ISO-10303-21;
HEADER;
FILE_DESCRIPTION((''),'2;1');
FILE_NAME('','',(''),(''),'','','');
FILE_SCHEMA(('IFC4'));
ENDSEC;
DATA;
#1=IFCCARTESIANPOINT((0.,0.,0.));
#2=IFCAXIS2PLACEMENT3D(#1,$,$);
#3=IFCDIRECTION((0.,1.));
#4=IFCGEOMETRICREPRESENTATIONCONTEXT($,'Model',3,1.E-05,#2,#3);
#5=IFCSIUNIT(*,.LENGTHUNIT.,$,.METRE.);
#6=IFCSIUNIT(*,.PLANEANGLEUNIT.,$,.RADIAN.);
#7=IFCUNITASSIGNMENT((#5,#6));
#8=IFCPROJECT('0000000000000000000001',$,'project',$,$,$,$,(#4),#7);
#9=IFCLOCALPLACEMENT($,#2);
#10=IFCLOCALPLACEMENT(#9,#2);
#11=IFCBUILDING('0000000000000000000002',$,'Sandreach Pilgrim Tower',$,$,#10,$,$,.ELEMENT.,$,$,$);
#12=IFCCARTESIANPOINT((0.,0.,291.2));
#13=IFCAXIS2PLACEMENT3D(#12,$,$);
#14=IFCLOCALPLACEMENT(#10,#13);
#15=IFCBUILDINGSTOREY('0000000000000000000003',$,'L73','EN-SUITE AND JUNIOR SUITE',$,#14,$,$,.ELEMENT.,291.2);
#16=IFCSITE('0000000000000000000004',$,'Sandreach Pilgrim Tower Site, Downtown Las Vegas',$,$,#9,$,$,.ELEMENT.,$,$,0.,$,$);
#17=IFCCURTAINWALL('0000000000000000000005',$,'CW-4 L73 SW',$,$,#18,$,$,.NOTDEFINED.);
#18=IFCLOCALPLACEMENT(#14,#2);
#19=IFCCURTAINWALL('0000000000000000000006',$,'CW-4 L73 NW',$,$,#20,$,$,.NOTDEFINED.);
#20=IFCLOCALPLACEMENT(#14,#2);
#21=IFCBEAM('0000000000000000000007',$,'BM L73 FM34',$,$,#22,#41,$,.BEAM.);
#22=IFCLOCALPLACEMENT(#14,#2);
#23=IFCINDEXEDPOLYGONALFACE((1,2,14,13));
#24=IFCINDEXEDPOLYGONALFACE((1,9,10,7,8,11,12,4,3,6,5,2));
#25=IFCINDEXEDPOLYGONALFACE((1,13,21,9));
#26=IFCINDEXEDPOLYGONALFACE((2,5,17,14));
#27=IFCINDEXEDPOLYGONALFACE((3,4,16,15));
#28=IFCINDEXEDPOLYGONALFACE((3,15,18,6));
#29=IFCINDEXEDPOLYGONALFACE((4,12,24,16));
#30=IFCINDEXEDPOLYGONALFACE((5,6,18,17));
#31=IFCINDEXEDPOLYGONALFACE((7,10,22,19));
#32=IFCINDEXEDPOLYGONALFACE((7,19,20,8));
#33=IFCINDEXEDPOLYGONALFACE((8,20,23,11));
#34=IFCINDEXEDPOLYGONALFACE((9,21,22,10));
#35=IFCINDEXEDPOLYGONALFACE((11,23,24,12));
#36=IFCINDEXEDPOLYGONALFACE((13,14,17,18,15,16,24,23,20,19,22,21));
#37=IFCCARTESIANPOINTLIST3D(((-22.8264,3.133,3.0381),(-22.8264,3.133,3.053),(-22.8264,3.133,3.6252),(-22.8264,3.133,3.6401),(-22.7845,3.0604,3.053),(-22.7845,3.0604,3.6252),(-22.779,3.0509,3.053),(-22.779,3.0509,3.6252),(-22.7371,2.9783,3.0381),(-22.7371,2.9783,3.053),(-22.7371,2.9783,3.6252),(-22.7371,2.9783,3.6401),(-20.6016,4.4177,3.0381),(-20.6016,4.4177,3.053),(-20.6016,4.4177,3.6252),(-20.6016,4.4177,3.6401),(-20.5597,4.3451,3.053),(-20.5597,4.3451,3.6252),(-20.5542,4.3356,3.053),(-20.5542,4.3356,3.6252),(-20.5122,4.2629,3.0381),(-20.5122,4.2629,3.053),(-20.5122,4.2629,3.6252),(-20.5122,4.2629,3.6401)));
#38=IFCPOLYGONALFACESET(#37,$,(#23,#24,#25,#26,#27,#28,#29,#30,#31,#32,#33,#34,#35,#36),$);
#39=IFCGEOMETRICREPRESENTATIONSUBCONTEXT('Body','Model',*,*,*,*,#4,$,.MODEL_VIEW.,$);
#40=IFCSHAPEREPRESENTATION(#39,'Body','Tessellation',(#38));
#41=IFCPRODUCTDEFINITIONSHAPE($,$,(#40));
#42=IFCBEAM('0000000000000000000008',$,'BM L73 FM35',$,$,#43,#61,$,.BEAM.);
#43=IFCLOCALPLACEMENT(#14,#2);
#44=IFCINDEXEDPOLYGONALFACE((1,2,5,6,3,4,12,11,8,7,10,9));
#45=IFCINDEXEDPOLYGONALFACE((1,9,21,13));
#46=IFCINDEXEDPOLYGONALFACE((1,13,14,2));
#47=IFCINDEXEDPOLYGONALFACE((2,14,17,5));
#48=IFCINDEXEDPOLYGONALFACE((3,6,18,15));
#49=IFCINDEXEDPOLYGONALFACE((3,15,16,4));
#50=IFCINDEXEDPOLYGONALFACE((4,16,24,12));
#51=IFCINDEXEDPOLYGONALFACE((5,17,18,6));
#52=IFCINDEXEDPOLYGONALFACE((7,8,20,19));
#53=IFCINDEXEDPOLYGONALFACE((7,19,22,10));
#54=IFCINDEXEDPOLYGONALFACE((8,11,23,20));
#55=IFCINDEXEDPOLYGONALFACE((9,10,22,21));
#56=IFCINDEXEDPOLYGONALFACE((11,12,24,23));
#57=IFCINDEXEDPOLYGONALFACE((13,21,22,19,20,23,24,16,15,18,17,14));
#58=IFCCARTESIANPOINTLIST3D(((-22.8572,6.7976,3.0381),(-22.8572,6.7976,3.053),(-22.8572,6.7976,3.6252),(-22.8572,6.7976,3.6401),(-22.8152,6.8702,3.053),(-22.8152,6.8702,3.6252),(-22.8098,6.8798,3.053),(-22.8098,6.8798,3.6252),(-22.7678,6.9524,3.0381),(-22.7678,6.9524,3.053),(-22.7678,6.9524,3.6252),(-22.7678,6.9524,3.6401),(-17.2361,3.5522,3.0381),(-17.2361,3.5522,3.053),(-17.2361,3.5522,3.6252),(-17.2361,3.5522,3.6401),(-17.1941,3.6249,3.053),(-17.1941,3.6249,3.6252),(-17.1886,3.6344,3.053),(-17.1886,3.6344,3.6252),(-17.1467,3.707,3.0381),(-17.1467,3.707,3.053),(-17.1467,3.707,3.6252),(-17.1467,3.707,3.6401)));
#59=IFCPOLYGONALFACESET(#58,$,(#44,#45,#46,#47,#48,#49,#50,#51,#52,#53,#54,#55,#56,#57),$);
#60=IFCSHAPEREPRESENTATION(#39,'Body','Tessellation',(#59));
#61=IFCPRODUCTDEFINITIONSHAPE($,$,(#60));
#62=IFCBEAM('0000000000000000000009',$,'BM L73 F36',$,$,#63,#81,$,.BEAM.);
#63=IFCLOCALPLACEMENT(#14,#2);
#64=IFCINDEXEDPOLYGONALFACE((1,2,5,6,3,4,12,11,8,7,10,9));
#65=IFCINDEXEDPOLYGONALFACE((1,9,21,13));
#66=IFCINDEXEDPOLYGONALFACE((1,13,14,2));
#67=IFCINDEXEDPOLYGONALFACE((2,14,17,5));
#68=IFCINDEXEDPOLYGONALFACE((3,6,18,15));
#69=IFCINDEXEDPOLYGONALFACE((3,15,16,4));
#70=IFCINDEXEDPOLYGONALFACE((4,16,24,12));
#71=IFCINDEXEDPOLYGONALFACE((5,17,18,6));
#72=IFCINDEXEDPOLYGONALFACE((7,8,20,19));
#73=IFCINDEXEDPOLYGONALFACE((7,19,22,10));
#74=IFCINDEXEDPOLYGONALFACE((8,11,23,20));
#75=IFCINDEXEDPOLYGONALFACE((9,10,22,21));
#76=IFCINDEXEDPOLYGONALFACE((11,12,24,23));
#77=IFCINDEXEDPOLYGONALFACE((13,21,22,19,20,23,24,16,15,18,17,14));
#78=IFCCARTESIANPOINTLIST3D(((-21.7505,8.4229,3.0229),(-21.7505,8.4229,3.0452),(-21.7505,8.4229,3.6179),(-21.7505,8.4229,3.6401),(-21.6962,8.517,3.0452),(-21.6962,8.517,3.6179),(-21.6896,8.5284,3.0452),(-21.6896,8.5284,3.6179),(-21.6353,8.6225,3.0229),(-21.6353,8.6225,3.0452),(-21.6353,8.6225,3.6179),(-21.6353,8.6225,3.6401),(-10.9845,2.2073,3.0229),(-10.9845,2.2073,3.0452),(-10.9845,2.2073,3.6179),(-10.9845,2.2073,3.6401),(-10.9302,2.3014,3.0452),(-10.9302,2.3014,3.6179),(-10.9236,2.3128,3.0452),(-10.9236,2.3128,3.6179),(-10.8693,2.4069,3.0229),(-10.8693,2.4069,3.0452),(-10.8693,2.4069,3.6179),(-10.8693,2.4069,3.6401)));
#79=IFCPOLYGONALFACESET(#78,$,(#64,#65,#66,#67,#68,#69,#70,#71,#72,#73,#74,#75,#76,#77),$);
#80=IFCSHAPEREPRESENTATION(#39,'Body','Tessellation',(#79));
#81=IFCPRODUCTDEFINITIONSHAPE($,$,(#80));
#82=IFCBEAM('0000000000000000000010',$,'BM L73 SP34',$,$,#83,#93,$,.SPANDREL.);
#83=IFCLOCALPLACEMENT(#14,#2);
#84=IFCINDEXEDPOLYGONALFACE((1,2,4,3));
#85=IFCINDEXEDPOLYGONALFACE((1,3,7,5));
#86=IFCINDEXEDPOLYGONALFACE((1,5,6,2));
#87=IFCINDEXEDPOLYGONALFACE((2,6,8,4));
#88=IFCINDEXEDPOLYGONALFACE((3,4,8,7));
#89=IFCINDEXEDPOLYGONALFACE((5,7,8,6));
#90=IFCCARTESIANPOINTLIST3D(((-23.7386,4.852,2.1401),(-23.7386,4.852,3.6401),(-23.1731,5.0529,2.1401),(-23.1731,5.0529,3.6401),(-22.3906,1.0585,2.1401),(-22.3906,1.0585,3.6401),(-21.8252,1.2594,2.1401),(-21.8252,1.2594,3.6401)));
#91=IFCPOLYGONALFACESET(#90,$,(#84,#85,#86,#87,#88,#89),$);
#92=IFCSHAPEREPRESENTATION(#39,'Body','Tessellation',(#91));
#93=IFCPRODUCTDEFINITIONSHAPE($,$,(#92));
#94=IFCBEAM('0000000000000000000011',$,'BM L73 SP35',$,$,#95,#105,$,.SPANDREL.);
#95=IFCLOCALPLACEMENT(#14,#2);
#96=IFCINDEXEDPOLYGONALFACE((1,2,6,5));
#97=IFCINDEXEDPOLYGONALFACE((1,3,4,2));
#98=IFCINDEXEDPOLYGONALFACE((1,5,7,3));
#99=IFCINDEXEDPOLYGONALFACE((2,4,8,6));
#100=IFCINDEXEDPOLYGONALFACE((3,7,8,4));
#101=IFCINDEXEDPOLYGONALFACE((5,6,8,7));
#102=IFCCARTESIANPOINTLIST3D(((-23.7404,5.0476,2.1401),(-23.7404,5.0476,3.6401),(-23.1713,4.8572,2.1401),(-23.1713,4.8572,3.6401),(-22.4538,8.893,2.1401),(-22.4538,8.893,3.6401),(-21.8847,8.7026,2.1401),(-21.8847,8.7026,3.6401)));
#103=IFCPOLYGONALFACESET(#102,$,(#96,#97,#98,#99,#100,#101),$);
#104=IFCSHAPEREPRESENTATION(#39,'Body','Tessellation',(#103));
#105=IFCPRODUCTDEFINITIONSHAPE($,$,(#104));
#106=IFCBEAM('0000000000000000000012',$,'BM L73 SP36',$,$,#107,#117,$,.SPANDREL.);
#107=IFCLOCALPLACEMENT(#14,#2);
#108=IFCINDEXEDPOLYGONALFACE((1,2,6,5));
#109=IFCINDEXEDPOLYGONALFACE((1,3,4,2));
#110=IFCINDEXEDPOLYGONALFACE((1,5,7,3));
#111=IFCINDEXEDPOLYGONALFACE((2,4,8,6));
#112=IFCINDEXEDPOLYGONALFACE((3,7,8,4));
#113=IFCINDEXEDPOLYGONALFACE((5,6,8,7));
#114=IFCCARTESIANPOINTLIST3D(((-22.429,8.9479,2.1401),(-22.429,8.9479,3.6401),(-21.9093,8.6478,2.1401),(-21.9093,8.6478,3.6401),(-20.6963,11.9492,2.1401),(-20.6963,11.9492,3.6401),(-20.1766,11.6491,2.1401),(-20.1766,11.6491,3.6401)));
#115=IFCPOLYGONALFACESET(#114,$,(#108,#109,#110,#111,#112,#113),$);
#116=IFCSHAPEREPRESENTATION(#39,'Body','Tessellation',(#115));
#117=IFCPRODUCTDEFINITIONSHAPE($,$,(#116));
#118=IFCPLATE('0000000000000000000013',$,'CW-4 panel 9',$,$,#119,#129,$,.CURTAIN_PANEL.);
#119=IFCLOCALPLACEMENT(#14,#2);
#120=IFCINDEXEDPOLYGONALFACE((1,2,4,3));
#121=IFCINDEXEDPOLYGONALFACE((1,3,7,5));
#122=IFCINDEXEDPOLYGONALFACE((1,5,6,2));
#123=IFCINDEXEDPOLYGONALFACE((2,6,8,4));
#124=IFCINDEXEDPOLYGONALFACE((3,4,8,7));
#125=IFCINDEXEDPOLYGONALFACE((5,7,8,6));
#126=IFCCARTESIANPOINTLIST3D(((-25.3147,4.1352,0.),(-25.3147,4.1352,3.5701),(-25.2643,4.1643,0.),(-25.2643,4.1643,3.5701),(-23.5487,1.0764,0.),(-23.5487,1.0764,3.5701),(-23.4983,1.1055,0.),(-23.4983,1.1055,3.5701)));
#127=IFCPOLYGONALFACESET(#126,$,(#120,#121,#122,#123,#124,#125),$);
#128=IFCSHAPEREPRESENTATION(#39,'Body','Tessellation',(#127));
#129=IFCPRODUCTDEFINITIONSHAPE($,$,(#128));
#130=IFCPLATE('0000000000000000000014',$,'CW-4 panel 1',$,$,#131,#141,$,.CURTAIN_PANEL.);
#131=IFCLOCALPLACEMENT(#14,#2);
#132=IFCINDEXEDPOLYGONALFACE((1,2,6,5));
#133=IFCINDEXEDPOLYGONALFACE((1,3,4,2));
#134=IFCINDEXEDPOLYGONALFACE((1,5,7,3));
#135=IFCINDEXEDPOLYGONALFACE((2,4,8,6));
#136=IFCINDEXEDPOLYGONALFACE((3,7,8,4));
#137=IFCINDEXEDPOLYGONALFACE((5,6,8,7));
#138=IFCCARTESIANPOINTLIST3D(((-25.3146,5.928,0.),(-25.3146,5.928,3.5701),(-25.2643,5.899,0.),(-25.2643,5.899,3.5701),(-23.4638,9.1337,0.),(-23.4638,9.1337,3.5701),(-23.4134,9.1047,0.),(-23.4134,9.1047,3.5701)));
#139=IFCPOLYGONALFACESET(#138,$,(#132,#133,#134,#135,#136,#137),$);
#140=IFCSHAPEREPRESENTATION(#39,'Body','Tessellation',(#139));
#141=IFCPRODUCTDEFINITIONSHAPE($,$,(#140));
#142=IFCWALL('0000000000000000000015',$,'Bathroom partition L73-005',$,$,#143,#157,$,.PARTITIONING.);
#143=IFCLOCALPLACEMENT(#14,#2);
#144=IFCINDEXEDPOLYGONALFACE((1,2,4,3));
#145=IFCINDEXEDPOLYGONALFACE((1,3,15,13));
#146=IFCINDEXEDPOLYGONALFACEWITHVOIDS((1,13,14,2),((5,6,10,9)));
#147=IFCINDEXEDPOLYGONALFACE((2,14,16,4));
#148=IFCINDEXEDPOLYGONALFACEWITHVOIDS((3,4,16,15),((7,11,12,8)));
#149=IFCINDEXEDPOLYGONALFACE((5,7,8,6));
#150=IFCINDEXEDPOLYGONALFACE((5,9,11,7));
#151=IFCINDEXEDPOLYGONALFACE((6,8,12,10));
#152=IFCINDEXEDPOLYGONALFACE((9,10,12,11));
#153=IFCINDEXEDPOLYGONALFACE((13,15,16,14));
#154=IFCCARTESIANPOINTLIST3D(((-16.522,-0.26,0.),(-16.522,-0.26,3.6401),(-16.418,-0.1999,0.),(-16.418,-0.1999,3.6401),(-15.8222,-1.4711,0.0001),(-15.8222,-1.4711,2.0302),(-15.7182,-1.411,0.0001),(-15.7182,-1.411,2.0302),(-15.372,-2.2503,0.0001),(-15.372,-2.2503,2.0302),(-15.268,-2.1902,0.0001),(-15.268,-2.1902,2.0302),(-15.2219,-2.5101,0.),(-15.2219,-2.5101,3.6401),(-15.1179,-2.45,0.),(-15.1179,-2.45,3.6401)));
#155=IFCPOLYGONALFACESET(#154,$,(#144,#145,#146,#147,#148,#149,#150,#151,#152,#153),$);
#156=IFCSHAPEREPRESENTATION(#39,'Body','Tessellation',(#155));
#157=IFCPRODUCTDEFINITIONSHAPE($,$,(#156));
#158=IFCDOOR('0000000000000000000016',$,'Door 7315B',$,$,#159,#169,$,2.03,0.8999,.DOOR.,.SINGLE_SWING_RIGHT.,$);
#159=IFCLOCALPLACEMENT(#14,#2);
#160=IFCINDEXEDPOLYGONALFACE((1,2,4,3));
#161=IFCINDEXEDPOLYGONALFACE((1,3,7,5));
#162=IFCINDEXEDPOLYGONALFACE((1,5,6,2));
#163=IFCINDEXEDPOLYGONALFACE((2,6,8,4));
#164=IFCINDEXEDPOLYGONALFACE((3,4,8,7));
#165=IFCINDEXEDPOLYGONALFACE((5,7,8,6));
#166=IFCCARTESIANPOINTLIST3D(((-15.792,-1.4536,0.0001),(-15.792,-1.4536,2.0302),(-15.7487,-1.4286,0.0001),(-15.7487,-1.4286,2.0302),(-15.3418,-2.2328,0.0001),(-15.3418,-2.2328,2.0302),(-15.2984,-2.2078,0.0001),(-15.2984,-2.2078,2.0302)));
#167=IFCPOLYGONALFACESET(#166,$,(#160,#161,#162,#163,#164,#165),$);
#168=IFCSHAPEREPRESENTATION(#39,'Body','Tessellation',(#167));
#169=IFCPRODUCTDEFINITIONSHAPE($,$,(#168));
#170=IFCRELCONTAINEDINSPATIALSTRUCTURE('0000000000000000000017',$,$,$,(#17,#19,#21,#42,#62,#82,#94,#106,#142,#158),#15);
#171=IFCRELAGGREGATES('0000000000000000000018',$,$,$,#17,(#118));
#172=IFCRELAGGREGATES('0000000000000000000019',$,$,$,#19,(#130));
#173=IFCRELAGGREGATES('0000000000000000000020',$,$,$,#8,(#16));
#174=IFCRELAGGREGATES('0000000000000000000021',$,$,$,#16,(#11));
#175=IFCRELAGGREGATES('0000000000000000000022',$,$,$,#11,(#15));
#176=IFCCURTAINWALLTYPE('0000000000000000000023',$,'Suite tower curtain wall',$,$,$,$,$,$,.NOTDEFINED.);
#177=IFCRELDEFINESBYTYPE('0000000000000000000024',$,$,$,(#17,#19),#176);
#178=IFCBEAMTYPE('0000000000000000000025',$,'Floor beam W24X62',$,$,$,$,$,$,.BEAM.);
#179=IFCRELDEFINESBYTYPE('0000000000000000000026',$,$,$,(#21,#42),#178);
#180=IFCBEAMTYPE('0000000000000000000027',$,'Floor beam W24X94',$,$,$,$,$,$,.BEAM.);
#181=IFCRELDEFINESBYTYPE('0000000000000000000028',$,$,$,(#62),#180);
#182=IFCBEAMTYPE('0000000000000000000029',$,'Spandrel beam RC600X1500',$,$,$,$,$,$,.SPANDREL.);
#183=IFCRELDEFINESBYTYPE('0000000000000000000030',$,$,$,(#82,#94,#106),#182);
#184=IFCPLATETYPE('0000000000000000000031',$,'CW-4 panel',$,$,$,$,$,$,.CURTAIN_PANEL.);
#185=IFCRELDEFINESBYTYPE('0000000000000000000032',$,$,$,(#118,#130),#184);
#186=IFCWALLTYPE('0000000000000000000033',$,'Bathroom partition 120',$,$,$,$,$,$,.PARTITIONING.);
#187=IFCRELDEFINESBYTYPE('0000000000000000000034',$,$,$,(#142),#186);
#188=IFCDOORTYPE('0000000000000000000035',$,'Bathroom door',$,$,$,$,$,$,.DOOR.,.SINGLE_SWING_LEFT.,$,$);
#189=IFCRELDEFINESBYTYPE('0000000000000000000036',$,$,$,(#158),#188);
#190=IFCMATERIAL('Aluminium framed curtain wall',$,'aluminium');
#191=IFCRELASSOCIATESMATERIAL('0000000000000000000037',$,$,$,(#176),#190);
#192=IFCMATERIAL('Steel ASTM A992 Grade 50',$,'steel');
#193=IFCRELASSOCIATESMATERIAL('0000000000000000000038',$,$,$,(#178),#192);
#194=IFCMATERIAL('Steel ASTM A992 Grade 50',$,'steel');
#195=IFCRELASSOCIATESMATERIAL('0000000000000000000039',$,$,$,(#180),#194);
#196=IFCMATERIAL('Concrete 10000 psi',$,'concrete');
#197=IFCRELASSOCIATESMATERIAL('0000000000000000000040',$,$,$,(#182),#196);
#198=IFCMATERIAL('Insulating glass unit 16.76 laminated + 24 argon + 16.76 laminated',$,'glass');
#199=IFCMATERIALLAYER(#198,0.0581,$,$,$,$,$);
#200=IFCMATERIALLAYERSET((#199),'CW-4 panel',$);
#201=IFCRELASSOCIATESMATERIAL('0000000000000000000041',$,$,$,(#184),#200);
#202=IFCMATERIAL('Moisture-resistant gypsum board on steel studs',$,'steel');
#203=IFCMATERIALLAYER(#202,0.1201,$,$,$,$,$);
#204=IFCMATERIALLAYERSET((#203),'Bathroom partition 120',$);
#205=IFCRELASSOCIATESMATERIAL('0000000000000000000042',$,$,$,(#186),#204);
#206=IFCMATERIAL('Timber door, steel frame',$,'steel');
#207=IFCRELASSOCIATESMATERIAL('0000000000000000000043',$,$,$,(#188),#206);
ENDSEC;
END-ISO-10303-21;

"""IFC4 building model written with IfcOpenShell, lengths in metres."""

from ifc_helpers import new_model, si_unit, direction, frame, frame_2d, origin, origin_2d, place, context, subcontext, project, spatial, rectangle, i_section, extrude, material, layer, layer_set, material_profile, profile_set, type_object, element, fill, aggregate, save


model = new_model("IFC4")

# Units and contexts
model_context = context("Model", 3, precision=1e-05, world=origin(), true_north=direction((0.0, 1.0)))
body_context = subcontext(model_context, "Body", "Model", "MODEL_VIEW")
ifc_project = project(units=[si_unit("LENGTHUNIT", "METRE"), si_unit("PLANEANGLEUNIT", "RADIAN")], contexts=[model_context])

# Site, building, storey
site_placement = place(None, origin())
site = spatial("IfcSite", under=ifc_project, at=site_placement, Name="Sandreach Pilgrim Tower Site, Downtown Las Vegas", CompositionType="ELEMENT", RefElevation=0.0)
building_placement = place(site_placement, origin())
building = spatial("IfcBuilding", under=site, at=building_placement, Name="Sandreach Pilgrim Tower", CompositionType="ELEMENT")
storey_placement = place(building_placement, frame((0.0, 0.0, 291.2)))
storey = spatial("IfcBuildingStorey", under=building, at=storey_placement, Name="L73", Description="EN-SUITE AND JUNIOR SUITE", CompositionType="ELEMENT", Elevation=291.2)

# Curtain wall
ifc_material_1 = material(Name="Aluminium framed curtain wall", Category="aluminium")
curtain_wall_type = type_object("IfcCurtainWallType", Name="Suite tower curtain wall", PredefinedType="NOTDEFINED", material=ifc_material_1)
curtain_wall_1_placement = place(storey_placement, origin())
curtain_wall_1 = element("IfcCurtainWall", 1, at=curtain_wall_1_placement, inside=storey, type_object=curtain_wall_type, Name="CW-4 L73 SW", PredefinedType="NOTDEFINED")

# Curtain wall
curtain_wall_2_placement = place(storey_placement, origin())
curtain_wall_2 = element("IfcCurtainWall", 2, at=curtain_wall_2_placement, inside=storey, type_object=curtain_wall_type, Name="CW-4 L73 NW", PredefinedType="NOTDEFINED")

# Beams
ifc_material_2 = material(Name="Steel ASTM A992 Grade 50", Category="steel")
ifc_material_profile_1 = material_profile(ifc_material_2, i_section(OverallWidth=0.1787, OverallDepth=0.6021, WebThickness=0.011, FlangeThickness=0.0149, at=origin_2d()), Name="W24X62")
ifc_profile_set_1 = profile_set([ifc_material_profile_1], Name="Steel ASTM A992 Grade 50")
beam_type_1 = type_object("IfcBeamType", Name="Floor beam W24X62", PredefinedType="BEAM", material=ifc_profile_set_1)
beam_1_placement = place(storey_placement, frame((-22.7817, 3.0557, 3.3391), z_axis=(0.866, 0.500043, 0.0), x_axis=(-0.500043, 0.866, 0.0)))
element("IfcBeam", 3, at=beam_1_placement, inside=storey, type_object=beam_type_1, Name="BM L73 FM34", PredefinedType="BEAM", context=body_context, shape_type="SweptSolid", body=[
    extrude(i_section(OverallWidth=0.1787, OverallDepth=0.6021, WebThickness=0.011, FlangeThickness=0.0149, at=origin_2d()), origin(), (0.0, 0.0, 1.0), 2.5691),
])
beam_2_placement = place(storey_placement, frame((-22.8125, 6.875, 3.3391), z_axis=(0.866024, -0.500002, 0.0), x_axis=(0.500002, 0.866024, 0.0)))
element("IfcBeam", 4, at=beam_2_placement, inside=storey, type_object=beam_type_1, Name="BM L73 FM35", PredefinedType="BEAM", context=body_context, shape_type="SweptSolid", body=[
    extrude(i_section(OverallWidth=0.1787, OverallDepth=0.6021, WebThickness=0.011, FlangeThickness=0.0149, at=origin_2d()), origin(), (0.0, 0.0, 1.0), 6.4907),
])
ifc_material_3 = material(Name="Steel ASTM A992 Grade 50", Category="steel")
ifc_material_profile_2 = material_profile(ifc_material_3, i_section(OverallWidth=0.2305, OverallDepth=0.6172, WebThickness=0.0132, FlangeThickness=0.0222, at=origin_2d()), Name="W24X94")
ifc_profile_set_2 = profile_set([ifc_material_profile_2], Name="Steel ASTM A992 Grade 50")
beam_type_2 = type_object("IfcBeamType", Name="Floor beam W24X94", PredefinedType="BEAM", material=ifc_profile_set_2)
beam_3_placement = place(storey_placement, frame((-21.6929, 8.5227, 3.3315), z_axis=(0.866029, -0.499994, 0.0), x_axis=(0.499994, 0.866029, 0.0)))
element("IfcBeam", 5, at=beam_3_placement, inside=storey, type_object=beam_type_2, Name="BM L73 F36", PredefinedType="BEAM", context=body_context, shape_type="SweptSolid", body=[
    extrude(i_section(OverallWidth=0.2305, OverallDepth=0.6172, WebThickness=0.0132, FlangeThickness=0.0222, at=origin_2d()), origin(), (0.0, 0.0, 1.0), 12.4314),
])
ifc_material_4 = material(Name="Concrete 10000 psi", Category="concrete")
ifc_material_profile_3 = material_profile(ifc_material_4, rectangle(XDim=0.6001, YDim=1.5, at=origin_2d()), Name="RC600X1500")
ifc_profile_set_3 = profile_set([ifc_material_profile_3], Name="Concrete 10000 psi")
beam_type_3 = type_object("IfcBeamType", Name="Spandrel beam RC600X1500", PredefinedType="SPANDREL", material=ifc_profile_set_3)
beam_4_placement = place(storey_placement, frame((-22.1079, 1.1589, 2.8901), z_axis=(-0.334815, 0.942284, 0.0), x_axis=(-0.942284, -0.334815, 0.0)))
element("IfcBeam", 6, at=beam_4_placement, inside=storey, type_object=beam_type_3, Name="BM L73 SP34", PredefinedType="SPANDREL", context=body_context, shape_type="SweptSolid", body=[
    extrude(rectangle(XDim=0.6001, YDim=1.5, at=origin_2d()), origin(), (0.0, 0.0, 1.0), 4.0259),
])
beam_5_placement = place(storey_placement, frame((-23.4558, 4.9524, 2.8901), z_axis=(0.317293, 0.948327, 0.0), x_axis=(-0.948327, 0.317293, 0.0)))
element("IfcBeam", 7, at=beam_5_placement, inside=storey, type_object=beam_type_3, Name="BM L73 SP35", PredefinedType="SPANDREL", context=body_context, shape_type="SweptSolid", body=[
    extrude(rectangle(XDim=0.6001, YDim=1.5, at=origin_2d()), origin(), (0.0, 0.0, 1.0), 4.0549),
])
beam_6_placement = place(storey_placement, frame((-22.1692, 8.7979, 2.8901), z_axis=(0.499981, 0.866037, 0.0), x_axis=(-0.866037, 0.499981, 0.0)))
element("IfcBeam", 8, at=beam_6_placement, inside=storey, type_object=beam_type_3, Name="BM L73 SP36", PredefinedType="SPANDREL", context=body_context, shape_type="SweptSolid", body=[
    extrude(rectangle(XDim=0.6001, YDim=1.5, at=origin_2d()), origin(), (0.0, 0.0, 1.0), 3.4656),
])

# Plates
ifc_material_5 = material(Name="Insulating glass unit 16.76 laminated + 24 argon + 16.76 laminated", Category="glass")
ifc_layer_1 = layer(ifc_material_5, 0.0581)
ifc_layer_set_1 = layer_set([ifc_layer_1], Name="CW-4 panel")
plate_type = type_object("IfcPlateType", Name="CW-4 panel", PredefinedType="CURTAIN_PANEL", material=ifc_layer_set_1)
plate_1_placement = place(storey_placement, frame((-24.4065, 2.6204, 0.0), z_axis=(0.0, 0.0, 1.0), x_axis=(-0.5, 0.866025, 0.0)))
plate_1 = element("IfcPlate", 9, at=plate_1_placement, type_object=plate_type, Name="CW-4 panel 9", PredefinedType="CURTAIN_PANEL", context=body_context, shape_type="SweptSolid", body=[
    extrude(rectangle(XDim=3.532, YDim=0.0581, at=origin_2d()), origin(), (0.0, 0.0, 1.0), 3.5701),
])
aggregate(curtain_wall_1, [plate_1])
plate_2_placement = place(storey_placement, frame((-24.364, 7.5164, 0.0), z_axis=(0.0, 0.0, 1.0), x_axis=(0.5, 0.866025, 0.0)))
plate_2 = element("IfcPlate", 10, at=plate_2_placement, type_object=plate_type, Name="CW-4 panel 1", PredefinedType="CURTAIN_PANEL", context=body_context, shape_type="SweptSolid", body=[
    extrude(rectangle(XDim=3.7017, YDim=0.0581, at=origin_2d()), origin(), (0.0, 0.0, 1.0), 3.5701),
])
aggregate(curtain_wall_2, [plate_2])

# Wall, opening, door
ifc_material_6 = material(Name="Moisture-resistant gypsum board on steel studs", Category="steel")
ifc_layer_2 = layer(ifc_material_6, 0.1201)
ifc_layer_set_2 = layer_set([ifc_layer_2], Name="Bathroom partition 120")
wall_type_1 = type_object("IfcWallType", Name="Bathroom partition 120", PredefinedType="PARTITIONING", material=ifc_layer_set_2)
wall_1_placement = place(storey_placement, frame((-16.47, -0.23, 0.0), z_axis=(0.0, 0.0, 1.0), x_axis=(0.500292, -0.865857, 0.0)))
wall_1 = element("IfcWall", 11, at=wall_1_placement, inside=storey, type_object=wall_type_1, Name="Bathroom partition L73-005", PredefinedType="PARTITIONING", context=body_context, shape_type="SweptSolid", body=[
    extrude(rectangle(XDim=2.5986, YDim=0.1201, at=frame_2d((1.2993, 0.0))), origin(), (0.0, 0.0, 1.0), 3.6401),
])
opening_1_placement = place(wall_1_placement, frame((1.3987, 0.0, 0.0)))
opening_1 = element("IfcOpeningElement", 12, at=opening_1_placement, cuts=wall_1, PredefinedType="OPENING", context=body_context, shape_type="SweptSolid", body=[
    extrude(rectangle(XDim=0.8999, YDim=2.03, at=frame_2d((0.45, 1.0151))), frame((0.0, 0.0601, 0.0), z_axis=(0.0, -1.0, 0.0), x_axis=(1.0, 0.0, 0.0)), (0.0, 0.0, 1.0), 0.1201),
])
ifc_material_7 = material(Name="Timber door, steel frame", Category="steel")
door_type_1 = type_object("IfcDoorType", Name="Bathroom door", OperationType="SINGLE_SWING_LEFT", PredefinedType="DOOR", material=ifc_material_7)
door_1_placement = place(opening_1_placement, origin())
door_1 = element("IfcDoor", 13, at=door_1_placement, inside=storey, type_object=door_type_1, Name="Door 7315B", OperationType="SINGLE_SWING_RIGHT", OverallHeight=2.03, OverallWidth=0.8999, PredefinedType="DOOR", context=body_context, shape_type="SweptSolid", body=[
    extrude(rectangle(XDim=0.8999, YDim=2.03, at=frame_2d((0.45, 1.0151))), frame((0.0, 0.0249, 0.0), z_axis=(0.0, -1.0, 0.0), x_axis=(1.0, 0.0, 0.0)), (0.0, 0.0, 1.0), 0.05),
])
fill(opening_1, door_1)

save(model, "model.ifc")
